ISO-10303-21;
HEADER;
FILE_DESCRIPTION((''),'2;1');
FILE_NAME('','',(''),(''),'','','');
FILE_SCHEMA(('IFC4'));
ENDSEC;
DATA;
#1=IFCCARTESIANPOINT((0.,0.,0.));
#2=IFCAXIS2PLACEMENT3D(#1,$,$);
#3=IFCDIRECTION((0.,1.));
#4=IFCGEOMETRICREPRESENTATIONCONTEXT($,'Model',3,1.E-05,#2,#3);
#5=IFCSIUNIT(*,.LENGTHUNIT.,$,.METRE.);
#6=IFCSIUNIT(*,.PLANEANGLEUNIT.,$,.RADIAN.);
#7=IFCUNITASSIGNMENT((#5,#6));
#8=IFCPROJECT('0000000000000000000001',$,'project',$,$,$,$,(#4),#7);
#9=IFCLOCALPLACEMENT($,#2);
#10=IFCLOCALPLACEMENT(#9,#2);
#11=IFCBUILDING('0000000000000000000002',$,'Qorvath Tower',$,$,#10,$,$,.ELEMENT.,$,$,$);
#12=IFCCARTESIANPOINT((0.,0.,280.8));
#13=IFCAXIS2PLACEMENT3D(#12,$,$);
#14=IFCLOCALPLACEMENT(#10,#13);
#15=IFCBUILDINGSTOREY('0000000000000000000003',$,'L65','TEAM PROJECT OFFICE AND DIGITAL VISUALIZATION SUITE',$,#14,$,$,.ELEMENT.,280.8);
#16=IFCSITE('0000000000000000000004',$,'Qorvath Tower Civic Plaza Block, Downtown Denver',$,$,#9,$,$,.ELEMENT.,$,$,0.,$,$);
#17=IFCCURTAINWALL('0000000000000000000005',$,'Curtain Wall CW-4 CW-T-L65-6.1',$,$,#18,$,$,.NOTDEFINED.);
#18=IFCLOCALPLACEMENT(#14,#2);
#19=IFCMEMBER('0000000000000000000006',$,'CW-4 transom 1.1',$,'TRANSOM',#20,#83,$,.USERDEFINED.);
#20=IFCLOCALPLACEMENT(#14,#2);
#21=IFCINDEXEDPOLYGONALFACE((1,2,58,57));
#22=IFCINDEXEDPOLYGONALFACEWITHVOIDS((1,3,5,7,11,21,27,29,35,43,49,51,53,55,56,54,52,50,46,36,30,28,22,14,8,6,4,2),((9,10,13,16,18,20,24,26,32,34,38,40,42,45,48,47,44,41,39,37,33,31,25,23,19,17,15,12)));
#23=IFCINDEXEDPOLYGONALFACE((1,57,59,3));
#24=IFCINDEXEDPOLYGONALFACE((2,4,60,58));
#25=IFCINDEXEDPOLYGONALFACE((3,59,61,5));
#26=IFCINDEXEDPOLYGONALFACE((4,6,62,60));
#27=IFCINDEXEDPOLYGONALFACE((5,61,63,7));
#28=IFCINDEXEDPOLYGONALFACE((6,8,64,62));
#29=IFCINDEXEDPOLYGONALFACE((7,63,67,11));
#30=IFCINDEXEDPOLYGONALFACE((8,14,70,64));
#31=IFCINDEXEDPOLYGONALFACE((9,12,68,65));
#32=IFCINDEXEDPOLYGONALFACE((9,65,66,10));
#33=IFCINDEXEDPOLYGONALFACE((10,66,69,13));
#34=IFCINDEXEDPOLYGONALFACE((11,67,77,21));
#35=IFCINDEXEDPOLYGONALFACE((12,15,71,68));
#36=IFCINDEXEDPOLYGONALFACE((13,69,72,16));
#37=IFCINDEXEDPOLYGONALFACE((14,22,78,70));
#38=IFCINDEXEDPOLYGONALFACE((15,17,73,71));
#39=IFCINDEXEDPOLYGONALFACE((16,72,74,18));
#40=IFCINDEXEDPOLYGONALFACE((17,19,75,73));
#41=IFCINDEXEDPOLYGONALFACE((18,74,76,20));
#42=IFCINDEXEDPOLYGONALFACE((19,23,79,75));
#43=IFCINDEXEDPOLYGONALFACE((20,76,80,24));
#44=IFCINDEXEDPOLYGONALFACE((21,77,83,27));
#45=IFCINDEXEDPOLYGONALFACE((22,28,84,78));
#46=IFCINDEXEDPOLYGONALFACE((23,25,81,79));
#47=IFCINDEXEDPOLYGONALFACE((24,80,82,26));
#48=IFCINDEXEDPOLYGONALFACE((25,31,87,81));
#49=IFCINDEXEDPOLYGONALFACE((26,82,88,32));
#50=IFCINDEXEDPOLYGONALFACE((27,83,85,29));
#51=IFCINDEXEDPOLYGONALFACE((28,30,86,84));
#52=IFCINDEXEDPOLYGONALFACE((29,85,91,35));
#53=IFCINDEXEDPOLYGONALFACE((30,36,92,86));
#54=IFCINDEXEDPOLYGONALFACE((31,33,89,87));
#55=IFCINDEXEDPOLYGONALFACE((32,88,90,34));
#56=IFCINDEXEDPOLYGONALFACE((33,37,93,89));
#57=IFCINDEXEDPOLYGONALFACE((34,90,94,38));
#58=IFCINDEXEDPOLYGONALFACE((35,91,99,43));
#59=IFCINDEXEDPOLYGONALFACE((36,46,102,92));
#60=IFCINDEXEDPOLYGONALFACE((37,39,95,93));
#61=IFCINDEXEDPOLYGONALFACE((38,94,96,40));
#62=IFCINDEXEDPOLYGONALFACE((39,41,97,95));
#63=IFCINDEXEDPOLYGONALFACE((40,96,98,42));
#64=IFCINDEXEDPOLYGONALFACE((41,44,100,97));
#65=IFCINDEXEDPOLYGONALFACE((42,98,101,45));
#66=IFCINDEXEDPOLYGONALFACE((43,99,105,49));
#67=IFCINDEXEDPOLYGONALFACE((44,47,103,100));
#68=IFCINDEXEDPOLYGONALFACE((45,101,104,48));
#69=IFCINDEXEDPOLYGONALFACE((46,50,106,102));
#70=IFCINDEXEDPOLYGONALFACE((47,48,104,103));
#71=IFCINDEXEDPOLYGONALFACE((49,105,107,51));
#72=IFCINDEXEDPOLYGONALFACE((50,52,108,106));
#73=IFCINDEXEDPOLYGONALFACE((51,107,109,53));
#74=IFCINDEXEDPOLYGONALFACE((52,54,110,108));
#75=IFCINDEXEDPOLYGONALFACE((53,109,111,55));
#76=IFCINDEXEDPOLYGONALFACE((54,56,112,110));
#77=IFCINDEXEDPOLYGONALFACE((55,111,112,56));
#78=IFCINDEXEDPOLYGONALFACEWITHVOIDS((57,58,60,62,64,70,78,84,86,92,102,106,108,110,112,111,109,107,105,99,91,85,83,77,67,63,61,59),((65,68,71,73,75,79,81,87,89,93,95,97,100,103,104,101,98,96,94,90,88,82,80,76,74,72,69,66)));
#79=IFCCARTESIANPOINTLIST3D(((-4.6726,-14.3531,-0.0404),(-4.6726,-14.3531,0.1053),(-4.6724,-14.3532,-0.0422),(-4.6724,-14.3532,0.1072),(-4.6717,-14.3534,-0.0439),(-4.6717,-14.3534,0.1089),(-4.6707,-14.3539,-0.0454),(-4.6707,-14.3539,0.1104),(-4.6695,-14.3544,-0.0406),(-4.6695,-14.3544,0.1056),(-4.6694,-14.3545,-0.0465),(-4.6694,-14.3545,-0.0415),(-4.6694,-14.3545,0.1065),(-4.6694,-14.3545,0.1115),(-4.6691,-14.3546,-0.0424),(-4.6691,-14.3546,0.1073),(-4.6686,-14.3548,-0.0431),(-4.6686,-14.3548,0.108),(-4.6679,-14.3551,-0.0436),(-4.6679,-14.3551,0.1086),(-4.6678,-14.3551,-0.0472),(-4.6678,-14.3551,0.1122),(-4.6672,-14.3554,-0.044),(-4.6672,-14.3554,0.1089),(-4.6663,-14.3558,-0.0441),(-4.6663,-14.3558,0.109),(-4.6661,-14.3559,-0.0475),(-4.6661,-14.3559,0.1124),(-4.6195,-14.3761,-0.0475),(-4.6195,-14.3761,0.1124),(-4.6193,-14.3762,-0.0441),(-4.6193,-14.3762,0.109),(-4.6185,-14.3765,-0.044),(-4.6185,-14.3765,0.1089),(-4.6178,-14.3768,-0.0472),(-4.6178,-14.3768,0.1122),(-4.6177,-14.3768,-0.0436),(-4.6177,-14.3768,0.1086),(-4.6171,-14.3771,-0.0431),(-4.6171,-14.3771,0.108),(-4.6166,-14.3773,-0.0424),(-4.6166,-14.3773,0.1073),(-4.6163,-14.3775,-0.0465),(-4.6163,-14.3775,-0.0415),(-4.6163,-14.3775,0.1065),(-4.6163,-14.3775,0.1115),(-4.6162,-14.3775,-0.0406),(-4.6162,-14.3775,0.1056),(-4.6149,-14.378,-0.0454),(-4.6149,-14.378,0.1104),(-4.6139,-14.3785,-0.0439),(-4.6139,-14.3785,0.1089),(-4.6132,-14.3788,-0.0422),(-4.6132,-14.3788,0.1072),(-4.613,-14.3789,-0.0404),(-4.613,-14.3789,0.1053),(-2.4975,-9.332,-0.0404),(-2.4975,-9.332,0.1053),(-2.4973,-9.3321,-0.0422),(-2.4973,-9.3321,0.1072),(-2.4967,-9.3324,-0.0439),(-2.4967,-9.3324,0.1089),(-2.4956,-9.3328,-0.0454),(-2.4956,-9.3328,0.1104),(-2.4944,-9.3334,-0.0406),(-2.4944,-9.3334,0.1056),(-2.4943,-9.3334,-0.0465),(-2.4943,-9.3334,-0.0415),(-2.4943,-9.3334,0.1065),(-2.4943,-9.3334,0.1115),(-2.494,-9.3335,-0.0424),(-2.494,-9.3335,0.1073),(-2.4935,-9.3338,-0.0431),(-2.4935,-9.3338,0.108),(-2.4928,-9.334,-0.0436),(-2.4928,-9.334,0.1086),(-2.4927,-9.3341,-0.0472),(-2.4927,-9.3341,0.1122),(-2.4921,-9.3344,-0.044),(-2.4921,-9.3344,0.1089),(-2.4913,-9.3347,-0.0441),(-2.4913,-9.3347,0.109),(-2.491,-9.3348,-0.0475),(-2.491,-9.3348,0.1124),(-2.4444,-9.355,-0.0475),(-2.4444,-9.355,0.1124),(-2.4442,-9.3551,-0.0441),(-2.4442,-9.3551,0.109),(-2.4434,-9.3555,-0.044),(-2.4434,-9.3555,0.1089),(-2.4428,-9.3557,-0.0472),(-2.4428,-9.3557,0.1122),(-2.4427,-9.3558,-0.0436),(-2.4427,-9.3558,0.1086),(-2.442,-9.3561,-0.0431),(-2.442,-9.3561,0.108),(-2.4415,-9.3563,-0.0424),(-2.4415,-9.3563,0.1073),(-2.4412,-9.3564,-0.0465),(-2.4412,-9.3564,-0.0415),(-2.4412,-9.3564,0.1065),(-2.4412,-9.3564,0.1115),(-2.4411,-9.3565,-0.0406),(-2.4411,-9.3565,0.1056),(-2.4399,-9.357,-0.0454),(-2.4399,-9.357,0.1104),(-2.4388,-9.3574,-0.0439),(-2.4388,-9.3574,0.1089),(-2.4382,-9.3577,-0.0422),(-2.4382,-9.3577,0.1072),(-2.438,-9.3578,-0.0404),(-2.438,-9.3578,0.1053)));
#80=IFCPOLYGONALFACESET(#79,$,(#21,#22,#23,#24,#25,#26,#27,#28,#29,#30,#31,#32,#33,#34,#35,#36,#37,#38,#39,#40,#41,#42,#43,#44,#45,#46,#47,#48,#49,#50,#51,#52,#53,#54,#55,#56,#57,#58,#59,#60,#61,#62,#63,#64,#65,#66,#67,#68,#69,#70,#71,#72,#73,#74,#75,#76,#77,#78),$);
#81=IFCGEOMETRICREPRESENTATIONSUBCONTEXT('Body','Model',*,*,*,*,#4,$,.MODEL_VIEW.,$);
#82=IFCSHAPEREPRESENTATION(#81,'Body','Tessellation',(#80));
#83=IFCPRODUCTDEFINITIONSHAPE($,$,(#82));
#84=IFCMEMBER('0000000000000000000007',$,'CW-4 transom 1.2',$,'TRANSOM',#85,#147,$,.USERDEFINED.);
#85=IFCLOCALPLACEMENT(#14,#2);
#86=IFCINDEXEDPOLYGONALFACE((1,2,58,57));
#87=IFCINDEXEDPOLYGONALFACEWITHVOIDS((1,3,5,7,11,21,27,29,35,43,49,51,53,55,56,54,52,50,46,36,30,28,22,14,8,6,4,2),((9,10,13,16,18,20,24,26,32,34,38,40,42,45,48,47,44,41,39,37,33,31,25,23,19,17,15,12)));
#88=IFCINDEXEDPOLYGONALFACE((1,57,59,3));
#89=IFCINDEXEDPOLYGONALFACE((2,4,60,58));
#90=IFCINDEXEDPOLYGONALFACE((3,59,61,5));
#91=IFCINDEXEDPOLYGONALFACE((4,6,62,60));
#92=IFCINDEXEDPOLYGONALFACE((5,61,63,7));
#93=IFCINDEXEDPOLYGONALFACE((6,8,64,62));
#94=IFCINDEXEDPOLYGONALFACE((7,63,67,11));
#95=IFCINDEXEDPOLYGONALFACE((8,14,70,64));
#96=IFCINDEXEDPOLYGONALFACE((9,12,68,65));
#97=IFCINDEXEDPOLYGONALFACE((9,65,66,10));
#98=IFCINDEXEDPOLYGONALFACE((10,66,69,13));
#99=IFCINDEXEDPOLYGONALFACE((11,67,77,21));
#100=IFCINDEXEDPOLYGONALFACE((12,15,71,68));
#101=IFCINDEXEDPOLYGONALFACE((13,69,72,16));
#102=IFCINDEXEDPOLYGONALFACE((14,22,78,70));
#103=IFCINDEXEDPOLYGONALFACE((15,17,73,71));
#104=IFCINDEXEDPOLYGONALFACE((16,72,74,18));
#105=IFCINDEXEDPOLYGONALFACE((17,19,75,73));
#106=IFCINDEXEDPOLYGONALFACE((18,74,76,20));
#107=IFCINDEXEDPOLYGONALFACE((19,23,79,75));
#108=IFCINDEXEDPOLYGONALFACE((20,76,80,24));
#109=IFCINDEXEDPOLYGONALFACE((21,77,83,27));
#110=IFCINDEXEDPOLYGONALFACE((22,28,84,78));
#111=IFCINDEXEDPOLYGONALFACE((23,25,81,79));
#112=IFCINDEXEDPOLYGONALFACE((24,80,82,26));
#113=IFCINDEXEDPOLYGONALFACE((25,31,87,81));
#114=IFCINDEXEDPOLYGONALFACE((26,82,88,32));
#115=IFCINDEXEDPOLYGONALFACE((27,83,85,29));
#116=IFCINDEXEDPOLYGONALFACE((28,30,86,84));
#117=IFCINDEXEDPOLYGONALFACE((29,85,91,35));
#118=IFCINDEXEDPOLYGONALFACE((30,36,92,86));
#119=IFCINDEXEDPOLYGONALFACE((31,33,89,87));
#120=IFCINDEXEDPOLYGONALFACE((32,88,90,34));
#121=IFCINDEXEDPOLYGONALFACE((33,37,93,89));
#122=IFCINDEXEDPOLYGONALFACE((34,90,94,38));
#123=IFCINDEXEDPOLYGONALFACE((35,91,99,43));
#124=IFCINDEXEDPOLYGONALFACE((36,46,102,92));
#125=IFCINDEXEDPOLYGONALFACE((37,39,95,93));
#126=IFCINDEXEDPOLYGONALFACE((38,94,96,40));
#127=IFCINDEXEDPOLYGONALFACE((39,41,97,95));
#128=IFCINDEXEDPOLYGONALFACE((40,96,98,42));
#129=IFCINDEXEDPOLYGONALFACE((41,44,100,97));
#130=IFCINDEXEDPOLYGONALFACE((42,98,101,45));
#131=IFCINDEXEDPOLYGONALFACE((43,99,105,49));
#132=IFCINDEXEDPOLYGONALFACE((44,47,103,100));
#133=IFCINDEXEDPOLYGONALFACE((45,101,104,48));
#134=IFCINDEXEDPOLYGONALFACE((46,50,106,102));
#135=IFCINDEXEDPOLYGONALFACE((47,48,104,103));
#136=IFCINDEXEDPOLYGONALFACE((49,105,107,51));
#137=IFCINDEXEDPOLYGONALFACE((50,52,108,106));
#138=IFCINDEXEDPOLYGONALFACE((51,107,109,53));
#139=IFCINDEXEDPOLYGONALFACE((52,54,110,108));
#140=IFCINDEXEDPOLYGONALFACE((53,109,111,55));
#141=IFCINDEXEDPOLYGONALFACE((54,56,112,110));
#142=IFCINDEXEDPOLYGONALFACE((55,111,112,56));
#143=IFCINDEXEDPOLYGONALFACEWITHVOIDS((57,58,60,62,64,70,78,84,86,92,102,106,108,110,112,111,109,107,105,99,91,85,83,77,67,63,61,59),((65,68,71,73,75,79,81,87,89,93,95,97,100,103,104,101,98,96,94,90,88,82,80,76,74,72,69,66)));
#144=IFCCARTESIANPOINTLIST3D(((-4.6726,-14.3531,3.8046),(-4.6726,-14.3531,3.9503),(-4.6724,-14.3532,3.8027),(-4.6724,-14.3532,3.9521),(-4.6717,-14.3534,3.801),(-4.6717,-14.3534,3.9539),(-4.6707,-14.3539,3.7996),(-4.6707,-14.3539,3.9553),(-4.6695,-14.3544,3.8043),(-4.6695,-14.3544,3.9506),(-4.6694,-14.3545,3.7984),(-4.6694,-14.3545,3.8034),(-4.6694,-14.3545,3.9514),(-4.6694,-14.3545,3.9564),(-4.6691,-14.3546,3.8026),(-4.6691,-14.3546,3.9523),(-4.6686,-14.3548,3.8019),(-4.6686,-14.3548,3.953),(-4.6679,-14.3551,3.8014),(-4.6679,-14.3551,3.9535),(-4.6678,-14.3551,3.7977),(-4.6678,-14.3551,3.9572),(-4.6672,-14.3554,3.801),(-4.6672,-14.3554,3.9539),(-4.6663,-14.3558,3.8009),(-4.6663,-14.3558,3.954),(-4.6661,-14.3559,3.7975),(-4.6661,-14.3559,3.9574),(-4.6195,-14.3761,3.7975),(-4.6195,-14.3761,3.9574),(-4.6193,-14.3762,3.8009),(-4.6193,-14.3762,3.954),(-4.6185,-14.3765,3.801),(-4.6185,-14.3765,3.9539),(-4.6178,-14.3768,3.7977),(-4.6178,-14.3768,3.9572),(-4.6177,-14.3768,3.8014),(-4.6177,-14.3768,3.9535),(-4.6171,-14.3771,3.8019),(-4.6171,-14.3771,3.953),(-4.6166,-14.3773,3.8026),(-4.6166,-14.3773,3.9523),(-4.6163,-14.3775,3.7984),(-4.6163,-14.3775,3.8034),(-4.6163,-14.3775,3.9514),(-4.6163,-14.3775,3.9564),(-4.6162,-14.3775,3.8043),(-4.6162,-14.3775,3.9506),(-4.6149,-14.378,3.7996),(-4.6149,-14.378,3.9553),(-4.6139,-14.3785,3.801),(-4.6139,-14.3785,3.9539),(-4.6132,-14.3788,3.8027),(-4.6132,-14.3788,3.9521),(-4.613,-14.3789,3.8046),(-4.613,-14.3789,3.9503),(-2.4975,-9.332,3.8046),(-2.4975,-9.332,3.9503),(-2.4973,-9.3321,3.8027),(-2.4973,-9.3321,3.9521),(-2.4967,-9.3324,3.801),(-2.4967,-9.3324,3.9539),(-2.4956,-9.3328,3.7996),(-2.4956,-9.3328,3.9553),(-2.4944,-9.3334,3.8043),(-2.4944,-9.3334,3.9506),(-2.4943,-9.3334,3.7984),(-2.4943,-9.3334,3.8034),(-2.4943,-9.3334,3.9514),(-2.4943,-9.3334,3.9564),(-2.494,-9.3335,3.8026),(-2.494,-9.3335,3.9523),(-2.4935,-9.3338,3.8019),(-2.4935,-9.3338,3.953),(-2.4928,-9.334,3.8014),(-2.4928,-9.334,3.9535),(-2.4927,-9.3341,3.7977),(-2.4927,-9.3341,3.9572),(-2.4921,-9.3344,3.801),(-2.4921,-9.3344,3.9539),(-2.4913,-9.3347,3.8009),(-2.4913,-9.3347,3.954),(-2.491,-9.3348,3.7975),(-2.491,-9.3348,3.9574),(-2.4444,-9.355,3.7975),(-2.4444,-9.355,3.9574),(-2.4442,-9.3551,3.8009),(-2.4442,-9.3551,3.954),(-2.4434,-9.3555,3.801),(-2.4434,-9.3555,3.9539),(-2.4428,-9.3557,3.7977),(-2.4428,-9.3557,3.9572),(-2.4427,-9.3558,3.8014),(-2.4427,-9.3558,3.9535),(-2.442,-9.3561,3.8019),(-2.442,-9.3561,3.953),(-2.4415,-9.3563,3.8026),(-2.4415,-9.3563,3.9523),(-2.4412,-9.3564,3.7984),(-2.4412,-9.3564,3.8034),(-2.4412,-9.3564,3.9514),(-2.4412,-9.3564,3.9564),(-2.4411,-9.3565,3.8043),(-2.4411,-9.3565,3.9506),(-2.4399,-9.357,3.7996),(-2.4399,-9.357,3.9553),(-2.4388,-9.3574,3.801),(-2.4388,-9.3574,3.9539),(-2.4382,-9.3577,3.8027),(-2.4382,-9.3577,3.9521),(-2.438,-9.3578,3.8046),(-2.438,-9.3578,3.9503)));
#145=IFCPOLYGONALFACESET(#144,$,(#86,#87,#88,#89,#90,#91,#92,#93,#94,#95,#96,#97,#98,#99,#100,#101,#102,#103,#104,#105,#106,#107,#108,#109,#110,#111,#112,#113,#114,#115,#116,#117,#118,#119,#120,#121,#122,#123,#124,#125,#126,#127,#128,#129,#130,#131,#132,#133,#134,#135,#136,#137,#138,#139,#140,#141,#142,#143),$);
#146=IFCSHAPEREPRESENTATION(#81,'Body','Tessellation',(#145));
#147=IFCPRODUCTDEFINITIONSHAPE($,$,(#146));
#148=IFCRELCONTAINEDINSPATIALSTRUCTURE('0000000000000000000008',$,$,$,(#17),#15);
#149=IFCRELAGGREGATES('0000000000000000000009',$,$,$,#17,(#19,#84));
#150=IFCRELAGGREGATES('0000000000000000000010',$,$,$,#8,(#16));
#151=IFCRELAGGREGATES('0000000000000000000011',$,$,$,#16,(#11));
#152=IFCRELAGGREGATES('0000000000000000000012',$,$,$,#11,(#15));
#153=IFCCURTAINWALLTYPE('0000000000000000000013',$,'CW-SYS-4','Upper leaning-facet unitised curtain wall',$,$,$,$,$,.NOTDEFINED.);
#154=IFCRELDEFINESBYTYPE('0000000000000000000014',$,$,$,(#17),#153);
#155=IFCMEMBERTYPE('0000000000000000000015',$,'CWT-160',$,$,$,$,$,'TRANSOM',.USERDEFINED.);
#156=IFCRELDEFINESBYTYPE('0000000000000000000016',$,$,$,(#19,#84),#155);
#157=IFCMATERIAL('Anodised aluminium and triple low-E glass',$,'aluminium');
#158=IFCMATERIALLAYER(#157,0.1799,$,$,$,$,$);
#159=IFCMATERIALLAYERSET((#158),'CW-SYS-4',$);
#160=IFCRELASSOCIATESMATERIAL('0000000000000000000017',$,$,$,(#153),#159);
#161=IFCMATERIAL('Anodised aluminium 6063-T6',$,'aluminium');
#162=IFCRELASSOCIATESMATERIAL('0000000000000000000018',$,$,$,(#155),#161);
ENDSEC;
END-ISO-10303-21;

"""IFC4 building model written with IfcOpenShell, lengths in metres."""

from ifc_helpers import new_model, si_unit, direction, frame, origin, origin_2d, place, context, subcontext, project, spatial, hollow_rectangle, extrude, material, layer, layer_set, material_profile, profile_set, type_object, element, aggregate, save


model = new_model("IFC4")

# Units and contexts
model_context = context("Model", 3, precision=1e-05, world=origin(), true_north=direction((0.0, 1.0)))
body_context = subcontext(model_context, "Body", "Model", "MODEL_VIEW")
ifc_project = project(units=[si_unit("LENGTHUNIT", "METRE"), si_unit("PLANEANGLEUNIT", "RADIAN")], contexts=[model_context])

# Site, building, storey
site_placement = place(None, origin())
site = spatial("IfcSite", under=ifc_project, at=site_placement, Name="Qorvath Tower Civic Plaza Block, Downtown Denver", CompositionType="ELEMENT", RefElevation=0.0)
building_placement = place(site_placement, origin())
building = spatial("IfcBuilding", under=site, at=building_placement, Name="Qorvath Tower", CompositionType="ELEMENT")
storey_placement = place(building_placement, frame((0.0, 0.0, 280.8)))
storey = spatial("IfcBuildingStorey", under=building, at=storey_placement, Name="L65", Description="TEAM PROJECT OFFICE AND DIGITAL VISUALIZATION SUITE", CompositionType="ELEMENT", Elevation=280.8)

# Shared definitions
ifc_material_1 = material(Name="Anodised aluminium and triple low-E glass", Category="aluminium")
ifc_layer_1 = layer(ifc_material_1, 0.1799)
ifc_layer_set_1 = layer_set([ifc_layer_1], Name="CW-SYS-4")
curtain_wall_type = type_object("IfcCurtainWallType", Name="CW-SYS-4", Description="Upper leaning-facet unitised curtain wall", PredefinedType="NOTDEFINED", material=ifc_layer_set_1)

# Curtain wall
curtain_wall_1_placement = place(storey_placement, origin())
curtain_wall_1 = element("IfcCurtainWall", 1, at=curtain_wall_1_placement, inside=storey, type_object=curtain_wall_type, Name="Curtain Wall CW-4 CW-T-L65-6.1", PredefinedType="NOTDEFINED")

# Members
ifc_material_2 = material(Name="Anodised aluminium 6063-T6", Category="aluminium")
ifc_material_profile_1 = material_profile(ifc_material_2, hollow_rectangle(XDim=0.0649, YDim=0.1599, WallThickness=0.0034, InnerFilletRadius=0.0034, OuterFilletRadius=0.0071, at=origin_2d()), Name="CWT 160x65")
ifc_profile_set_1 = profile_set([ifc_material_profile_1], Name="Anodised aluminium 6063-T6")
member_type_1 = type_object("IfcMemberType", Name="CWT-160", ElementType="TRANSOM", PredefinedType="USERDEFINED", material=ifc_profile_set_1)
member_1_placement = place(storey_placement, frame((-4.6428, -14.366, 0.0325), z_axis=(0.397497, 0.917603, 0.0), x_axis=(-0.917603, 0.397497, 0.0)))
member_1 = element("IfcMember", 2, at=member_1_placement, type_object=member_type_1, Name="CW-4 transom 1.1", ObjectType="TRANSOM", PredefinedType="USERDEFINED", context=body_context, shape_type="SweptSolid", body=[
    extrude(hollow_rectangle(XDim=0.0649, YDim=0.1599, WallThickness=0.0034, InnerFilletRadius=0.0034, OuterFilletRadius=0.0071, at=origin_2d()), origin(), (0.0, 0.0, 1.0), 5.4719),
])
member_2_placement = place(storey_placement, frame((-4.6428, -14.366, 3.8774), z_axis=(0.397497, 0.917603, 0.0), x_axis=(-0.917603, 0.397497, 0.0)))
member_2 = element("IfcMember", 3, at=member_2_placement, type_object=member_type_1, Name="CW-4 transom 1.2", ObjectType="TRANSOM", PredefinedType="USERDEFINED", context=body_context, shape_type="SweptSolid", body=[
    extrude(hollow_rectangle(XDim=0.0649, YDim=0.1599, WallThickness=0.0034, InnerFilletRadius=0.0034, OuterFilletRadius=0.0071, at=origin_2d()), origin(), (0.0, 0.0, 1.0), 5.4719),
])

aggregate(curtain_wall_1, [member_1, member_2])

save(model, "model.ifc")
